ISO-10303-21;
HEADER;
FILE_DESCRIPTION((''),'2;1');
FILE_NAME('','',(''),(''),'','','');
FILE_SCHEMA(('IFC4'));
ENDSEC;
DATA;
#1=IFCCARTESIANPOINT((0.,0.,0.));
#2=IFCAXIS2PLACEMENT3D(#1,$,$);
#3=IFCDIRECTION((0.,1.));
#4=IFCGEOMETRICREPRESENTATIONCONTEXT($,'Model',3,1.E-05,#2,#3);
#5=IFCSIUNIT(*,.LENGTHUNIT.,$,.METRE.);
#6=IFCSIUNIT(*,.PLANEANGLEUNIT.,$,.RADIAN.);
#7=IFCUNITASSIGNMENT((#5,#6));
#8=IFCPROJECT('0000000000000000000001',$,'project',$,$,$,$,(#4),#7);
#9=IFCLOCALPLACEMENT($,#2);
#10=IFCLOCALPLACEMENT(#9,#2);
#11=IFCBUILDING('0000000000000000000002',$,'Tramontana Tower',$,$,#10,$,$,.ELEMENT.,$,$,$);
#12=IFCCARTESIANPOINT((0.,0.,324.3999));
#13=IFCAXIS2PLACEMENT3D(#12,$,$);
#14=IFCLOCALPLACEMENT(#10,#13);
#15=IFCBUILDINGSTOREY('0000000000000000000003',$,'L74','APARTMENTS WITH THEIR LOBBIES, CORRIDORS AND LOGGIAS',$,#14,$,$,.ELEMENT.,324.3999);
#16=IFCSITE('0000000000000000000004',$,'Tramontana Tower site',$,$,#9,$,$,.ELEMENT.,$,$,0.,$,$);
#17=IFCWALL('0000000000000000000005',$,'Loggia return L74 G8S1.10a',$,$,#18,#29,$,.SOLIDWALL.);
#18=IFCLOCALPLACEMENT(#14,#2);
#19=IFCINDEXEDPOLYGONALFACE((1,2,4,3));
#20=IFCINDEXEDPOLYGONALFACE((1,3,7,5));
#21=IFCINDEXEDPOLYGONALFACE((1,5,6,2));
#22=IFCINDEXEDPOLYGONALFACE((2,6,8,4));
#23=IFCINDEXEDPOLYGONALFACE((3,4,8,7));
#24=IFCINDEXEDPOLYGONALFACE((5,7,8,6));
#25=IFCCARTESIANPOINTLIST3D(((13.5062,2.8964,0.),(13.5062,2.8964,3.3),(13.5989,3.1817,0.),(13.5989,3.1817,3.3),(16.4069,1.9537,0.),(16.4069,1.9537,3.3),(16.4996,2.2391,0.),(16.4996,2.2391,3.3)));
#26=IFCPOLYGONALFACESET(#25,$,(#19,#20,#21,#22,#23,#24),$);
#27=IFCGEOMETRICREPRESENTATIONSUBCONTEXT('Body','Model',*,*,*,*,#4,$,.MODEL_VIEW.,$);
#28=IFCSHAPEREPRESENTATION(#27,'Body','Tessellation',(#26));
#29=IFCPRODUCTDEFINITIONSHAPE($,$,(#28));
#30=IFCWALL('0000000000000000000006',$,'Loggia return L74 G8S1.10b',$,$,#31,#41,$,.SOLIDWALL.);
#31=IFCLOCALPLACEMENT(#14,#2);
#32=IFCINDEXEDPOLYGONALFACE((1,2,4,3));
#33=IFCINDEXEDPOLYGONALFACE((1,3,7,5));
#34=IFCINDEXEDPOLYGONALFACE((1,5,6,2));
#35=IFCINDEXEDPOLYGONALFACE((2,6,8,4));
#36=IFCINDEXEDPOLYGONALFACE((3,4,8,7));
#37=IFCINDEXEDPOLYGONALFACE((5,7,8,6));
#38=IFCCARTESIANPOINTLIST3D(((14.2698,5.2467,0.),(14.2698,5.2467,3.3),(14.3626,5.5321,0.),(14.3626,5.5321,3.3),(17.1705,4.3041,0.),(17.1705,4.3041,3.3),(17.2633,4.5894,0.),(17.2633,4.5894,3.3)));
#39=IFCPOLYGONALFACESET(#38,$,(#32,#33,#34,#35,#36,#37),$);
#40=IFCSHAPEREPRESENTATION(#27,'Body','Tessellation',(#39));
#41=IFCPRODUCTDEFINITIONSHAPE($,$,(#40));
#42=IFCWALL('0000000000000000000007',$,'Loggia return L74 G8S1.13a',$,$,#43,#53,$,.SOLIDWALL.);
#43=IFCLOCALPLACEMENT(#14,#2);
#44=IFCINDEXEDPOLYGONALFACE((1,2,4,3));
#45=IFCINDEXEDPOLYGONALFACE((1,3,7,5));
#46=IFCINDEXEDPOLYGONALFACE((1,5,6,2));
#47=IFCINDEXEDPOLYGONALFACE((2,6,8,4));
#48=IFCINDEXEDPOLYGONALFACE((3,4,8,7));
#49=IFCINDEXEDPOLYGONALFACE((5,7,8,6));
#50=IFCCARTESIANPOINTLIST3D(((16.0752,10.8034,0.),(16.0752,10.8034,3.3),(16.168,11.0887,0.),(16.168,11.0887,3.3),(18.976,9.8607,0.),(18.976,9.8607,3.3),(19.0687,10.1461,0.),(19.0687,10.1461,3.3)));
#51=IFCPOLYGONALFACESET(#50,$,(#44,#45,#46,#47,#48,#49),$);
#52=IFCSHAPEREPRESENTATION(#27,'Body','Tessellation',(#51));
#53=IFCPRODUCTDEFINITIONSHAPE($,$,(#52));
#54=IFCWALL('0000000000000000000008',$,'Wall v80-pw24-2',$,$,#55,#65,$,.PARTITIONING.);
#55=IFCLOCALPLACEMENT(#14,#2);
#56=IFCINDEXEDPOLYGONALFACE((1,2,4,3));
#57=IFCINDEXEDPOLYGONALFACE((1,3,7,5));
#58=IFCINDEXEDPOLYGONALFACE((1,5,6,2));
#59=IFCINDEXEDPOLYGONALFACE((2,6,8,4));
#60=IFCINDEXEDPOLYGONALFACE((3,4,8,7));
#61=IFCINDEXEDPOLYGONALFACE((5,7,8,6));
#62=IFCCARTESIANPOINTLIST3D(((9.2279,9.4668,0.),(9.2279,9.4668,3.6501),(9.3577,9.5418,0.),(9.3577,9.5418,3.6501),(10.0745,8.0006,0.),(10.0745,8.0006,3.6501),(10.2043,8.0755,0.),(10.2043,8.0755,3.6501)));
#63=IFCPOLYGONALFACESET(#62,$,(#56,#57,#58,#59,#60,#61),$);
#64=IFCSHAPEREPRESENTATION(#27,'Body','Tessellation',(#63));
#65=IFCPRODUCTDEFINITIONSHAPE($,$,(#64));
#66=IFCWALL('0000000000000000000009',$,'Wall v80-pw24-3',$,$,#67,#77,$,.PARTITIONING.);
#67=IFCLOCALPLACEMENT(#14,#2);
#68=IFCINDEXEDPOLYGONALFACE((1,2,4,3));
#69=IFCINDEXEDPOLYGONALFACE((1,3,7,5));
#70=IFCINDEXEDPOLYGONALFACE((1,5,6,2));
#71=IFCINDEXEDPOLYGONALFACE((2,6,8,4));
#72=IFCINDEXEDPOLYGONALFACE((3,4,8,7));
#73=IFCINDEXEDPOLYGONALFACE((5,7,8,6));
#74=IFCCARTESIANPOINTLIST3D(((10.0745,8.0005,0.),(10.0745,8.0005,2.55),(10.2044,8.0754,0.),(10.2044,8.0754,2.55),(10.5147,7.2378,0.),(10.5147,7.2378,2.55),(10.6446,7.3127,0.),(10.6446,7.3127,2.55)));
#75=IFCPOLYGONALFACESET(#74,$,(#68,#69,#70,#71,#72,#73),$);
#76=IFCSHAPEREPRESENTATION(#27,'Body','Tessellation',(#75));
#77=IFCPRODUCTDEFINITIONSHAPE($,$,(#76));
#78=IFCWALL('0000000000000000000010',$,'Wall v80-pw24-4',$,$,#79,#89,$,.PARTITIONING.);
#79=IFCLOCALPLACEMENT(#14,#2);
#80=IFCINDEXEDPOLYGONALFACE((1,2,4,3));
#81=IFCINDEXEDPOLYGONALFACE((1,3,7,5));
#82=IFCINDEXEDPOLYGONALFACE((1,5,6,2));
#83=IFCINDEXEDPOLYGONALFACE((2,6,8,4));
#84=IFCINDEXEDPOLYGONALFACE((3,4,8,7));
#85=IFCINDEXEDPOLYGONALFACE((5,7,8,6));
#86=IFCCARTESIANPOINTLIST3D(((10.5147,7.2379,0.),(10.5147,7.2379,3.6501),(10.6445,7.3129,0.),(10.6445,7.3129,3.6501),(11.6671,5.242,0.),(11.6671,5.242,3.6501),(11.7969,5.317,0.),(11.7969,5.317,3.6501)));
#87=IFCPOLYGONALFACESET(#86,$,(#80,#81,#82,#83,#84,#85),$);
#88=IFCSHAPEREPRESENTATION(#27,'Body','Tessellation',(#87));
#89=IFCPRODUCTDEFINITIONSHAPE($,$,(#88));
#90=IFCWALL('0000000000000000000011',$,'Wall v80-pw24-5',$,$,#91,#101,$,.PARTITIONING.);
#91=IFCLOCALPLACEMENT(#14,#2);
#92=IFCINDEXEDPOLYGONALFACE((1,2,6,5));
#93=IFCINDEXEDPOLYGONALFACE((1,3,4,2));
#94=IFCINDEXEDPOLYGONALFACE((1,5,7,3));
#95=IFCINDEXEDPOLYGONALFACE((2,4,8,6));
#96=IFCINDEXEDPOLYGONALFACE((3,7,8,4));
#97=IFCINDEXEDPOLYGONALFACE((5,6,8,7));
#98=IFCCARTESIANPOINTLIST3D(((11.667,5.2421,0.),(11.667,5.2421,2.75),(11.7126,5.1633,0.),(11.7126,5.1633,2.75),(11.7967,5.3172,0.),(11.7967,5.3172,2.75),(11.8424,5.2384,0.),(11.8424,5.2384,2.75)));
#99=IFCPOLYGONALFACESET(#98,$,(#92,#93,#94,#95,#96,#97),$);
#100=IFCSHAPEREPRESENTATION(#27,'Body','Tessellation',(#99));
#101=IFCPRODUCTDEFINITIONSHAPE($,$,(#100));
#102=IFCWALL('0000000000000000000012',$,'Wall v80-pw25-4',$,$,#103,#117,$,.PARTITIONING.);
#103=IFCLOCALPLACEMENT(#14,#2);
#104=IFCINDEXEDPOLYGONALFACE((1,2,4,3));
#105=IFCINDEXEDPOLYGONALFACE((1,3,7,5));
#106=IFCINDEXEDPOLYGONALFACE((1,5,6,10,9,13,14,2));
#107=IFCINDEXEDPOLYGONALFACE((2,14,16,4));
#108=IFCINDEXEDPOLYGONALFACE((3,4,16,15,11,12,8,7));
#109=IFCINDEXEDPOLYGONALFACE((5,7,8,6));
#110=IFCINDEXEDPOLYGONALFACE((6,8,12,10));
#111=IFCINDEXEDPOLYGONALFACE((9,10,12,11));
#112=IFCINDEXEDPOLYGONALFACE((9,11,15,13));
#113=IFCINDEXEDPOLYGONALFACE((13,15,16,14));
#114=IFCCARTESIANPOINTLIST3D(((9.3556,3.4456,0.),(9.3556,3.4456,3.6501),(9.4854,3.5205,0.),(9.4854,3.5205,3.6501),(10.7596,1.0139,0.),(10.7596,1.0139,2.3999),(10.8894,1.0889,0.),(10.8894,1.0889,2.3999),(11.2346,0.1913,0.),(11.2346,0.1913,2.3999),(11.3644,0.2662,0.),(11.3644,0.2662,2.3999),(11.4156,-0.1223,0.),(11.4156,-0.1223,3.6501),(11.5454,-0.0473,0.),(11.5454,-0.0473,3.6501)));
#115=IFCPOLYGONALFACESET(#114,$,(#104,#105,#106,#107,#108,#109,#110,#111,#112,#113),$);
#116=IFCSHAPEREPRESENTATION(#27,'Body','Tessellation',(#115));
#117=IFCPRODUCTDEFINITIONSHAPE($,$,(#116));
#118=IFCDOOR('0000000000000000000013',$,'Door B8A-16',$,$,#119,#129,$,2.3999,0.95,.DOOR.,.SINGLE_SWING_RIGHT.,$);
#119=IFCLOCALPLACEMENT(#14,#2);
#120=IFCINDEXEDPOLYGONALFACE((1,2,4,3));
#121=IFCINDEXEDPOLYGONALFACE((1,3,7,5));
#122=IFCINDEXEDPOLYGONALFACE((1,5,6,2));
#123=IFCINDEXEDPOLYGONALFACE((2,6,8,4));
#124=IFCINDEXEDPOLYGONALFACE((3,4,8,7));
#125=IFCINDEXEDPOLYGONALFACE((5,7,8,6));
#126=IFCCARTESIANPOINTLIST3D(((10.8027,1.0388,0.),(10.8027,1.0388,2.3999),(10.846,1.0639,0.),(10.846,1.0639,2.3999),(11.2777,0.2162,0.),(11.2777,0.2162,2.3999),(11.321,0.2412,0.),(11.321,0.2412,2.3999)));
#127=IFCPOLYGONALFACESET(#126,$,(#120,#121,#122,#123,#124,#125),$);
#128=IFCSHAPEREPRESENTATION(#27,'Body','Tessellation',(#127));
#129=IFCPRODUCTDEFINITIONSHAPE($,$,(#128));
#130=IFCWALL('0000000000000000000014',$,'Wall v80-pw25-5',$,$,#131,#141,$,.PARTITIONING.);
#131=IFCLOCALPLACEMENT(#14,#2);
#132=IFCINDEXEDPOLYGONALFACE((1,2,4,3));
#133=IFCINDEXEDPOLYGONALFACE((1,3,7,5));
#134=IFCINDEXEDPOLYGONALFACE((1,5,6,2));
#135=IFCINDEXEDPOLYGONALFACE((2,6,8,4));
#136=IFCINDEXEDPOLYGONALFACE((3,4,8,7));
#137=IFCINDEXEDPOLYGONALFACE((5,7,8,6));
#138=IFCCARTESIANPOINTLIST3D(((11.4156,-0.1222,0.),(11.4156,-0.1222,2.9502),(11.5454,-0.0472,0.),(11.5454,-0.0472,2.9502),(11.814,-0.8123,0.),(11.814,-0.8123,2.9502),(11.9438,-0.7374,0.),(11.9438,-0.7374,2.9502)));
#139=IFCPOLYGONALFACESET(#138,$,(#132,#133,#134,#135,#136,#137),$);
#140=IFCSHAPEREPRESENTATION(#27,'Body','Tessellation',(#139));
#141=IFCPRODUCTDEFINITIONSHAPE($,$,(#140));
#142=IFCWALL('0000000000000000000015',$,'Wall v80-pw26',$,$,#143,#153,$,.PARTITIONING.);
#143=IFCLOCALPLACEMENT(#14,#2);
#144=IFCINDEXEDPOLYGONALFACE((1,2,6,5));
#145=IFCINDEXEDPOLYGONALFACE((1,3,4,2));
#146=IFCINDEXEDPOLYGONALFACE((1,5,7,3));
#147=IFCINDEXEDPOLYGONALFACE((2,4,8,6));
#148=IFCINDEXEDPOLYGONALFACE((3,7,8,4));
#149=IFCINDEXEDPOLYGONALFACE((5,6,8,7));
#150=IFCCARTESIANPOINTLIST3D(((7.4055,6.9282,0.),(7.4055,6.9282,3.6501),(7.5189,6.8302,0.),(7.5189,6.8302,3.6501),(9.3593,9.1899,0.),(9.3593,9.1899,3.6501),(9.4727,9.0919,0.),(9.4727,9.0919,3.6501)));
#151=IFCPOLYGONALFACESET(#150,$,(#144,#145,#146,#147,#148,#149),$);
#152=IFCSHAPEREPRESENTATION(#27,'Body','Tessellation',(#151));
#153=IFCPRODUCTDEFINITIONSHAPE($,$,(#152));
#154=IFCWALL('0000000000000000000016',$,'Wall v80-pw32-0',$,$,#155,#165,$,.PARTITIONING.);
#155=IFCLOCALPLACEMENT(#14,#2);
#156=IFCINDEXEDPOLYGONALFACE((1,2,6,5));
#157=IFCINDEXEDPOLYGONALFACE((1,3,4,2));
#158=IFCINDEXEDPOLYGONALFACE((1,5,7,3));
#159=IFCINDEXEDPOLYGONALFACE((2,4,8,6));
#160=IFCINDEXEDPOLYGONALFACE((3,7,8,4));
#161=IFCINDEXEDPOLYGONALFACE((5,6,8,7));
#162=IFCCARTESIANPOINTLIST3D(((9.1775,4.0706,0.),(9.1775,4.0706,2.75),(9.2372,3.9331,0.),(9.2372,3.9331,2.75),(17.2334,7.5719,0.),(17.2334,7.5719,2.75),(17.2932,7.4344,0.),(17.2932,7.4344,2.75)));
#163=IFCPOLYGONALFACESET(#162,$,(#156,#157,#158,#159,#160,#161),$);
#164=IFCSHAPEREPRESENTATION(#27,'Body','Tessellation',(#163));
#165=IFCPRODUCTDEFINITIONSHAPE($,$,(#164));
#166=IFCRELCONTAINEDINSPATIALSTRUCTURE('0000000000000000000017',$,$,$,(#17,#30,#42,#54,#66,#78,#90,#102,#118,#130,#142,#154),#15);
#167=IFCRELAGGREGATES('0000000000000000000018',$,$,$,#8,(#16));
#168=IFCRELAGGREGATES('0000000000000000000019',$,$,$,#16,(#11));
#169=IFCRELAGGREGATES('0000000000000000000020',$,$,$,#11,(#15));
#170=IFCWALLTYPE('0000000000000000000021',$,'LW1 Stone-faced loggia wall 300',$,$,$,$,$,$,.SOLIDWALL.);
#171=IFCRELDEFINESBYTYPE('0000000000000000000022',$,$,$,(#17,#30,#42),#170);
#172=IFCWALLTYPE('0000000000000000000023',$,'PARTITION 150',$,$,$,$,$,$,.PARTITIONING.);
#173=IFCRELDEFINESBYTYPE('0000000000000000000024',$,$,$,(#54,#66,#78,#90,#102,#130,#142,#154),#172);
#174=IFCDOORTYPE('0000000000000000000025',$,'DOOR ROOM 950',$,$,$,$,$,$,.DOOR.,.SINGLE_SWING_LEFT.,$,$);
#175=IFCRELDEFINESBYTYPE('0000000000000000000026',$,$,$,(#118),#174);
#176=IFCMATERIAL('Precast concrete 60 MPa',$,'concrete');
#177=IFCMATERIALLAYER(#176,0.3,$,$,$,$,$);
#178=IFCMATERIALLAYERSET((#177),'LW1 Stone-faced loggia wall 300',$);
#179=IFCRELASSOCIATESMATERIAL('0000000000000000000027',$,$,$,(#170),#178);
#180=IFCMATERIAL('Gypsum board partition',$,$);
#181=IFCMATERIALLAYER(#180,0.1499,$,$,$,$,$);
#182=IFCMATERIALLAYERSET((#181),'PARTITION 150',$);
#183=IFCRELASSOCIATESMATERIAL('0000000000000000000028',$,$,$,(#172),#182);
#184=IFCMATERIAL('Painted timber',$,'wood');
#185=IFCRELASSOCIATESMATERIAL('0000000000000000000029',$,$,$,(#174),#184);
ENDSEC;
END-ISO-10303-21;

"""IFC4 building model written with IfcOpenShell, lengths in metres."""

from ifc_helpers import new_model, si_unit, direction, frame, frame_2d, origin, place, context, subcontext, project, spatial, rectangle, extrude, material, layer, layer_set, type_object, element, fill, save


model = new_model("IFC4")

# Units and contexts
model_context = context("Model", 3, precision=1e-05, world=origin(), true_north=direction((0.0, 1.0)))
body_context = subcontext(model_context, "Body", "Model", "MODEL_VIEW")
ifc_project = project(units=[si_unit("LENGTHUNIT", "METRE"), si_unit("PLANEANGLEUNIT", "RADIAN")], contexts=[model_context])

# Site, building, storey
site_placement = place(None, origin())
site = spatial("IfcSite", under=ifc_project, at=site_placement, Name="Tramontana Tower site", CompositionType="ELEMENT", RefElevation=0.0)
building_placement = place(site_placement, origin())
building = spatial("IfcBuilding", under=site, at=building_placement, Name="Tramontana Tower", CompositionType="ELEMENT")
storey_placement = place(building_placement, frame((0.0, 0.0, 324.3999)))
storey = spatial("IfcBuildingStorey", under=building, at=storey_placement, Name="L74", Description="APARTMENTS WITH THEIR LOBBIES, CORRIDORS AND LOGGIAS", CompositionType="ELEMENT", Elevation=324.3999)

# Shared definitions
ifc_material_1 = material(Name="Precast concrete 60 MPa", Category="concrete")
ifc_layer_1 = layer(ifc_material_1, 0.3)
ifc_layer_set_1 = layer_set([ifc_layer_1], Name="LW1 Stone-faced loggia wall 300")
wall_type_1 = type_object("IfcWallType", Name="LW1 Stone-faced loggia wall 300", PredefinedType="SOLIDWALL", material=ifc_layer_set_1)

# Walls
for number, where, z_axis, x_axis, name in (
    (1, (16.4531, 2.0964, 0.0), (0.0, 0.0, 1.0), (-0.951042, 0.309063, 0.0), "Loggia return L74 G8S1.10a"),
    (2, (17.2168, 4.4468, 0.0), (0.0, 0.0, 1.0), (-0.951042, 0.309063, 0.0), "Loggia return L74 G8S1.10b"),
    (3, (19.0222, 10.0034, 0.0), (0.0, 0.0, 1.0), (-0.951042, 0.309063, 0.0), "Loggia return L74 G8S1.13a"),
):
    element("IfcWall", number, at=place(storey_placement, frame(where, z_axis=z_axis, x_axis=x_axis)), inside=storey, type_object=wall_type_1, Name=name, PredefinedType="SOLIDWALL", context=body_context, shape_type="SweptSolid", body=[
        extrude(rectangle(XDim=3.05, YDim=0.3, at=frame_2d((1.5249, 0.0))), origin(), (0.0, 0.0, 1.0), 3.3),
    ])
ifc_material_2 = material(Name="Gypsum board partition")
ifc_layer_2 = layer(ifc_material_2, 0.1499)
ifc_layer_set_2 = layer_set([ifc_layer_2], Name="PARTITION 150")
wall_type_2 = type_object("IfcWallType", Name="PARTITION 150", PredefinedType="PARTITIONING", material=ifc_layer_set_2)
wall_1_placement = place(storey_placement, frame((9.2927, 9.5044, 0.0), z_axis=(0.0, 0.0, 1.0), x_axis=(0.500047, -0.865998, 0.0)))
element("IfcWall", 4, at=wall_1_placement, inside=storey, type_object=wall_type_2, Name="Wall v80-pw24-2", PredefinedType="PARTITIONING", context=body_context, shape_type="SweptSolid", body=[
    extrude(rectangle(XDim=1.6931, YDim=0.1499, at=frame_2d((0.8467, 0.0))), origin(), (0.0, 0.0, 1.0), 3.6501),
])
wall_2_placement = place(storey_placement, frame((10.1394, 8.0381, 0.0), z_axis=(0.0, 0.0, 1.0), x_axis=(0.499866, -0.866102, 0.0)))
element("IfcWall", 5, at=wall_2_placement, inside=storey, type_object=wall_type_2, Name="Wall v80-pw24-3", PredefinedType="PARTITIONING", context=body_context, shape_type="SweptSolid", body=[
    extrude(rectangle(XDim=0.8806, YDim=0.1499, at=frame_2d((0.4404, 0.0))), origin(), (0.0, 0.0, 1.0), 2.55),
])
wall_3_placement = place(storey_placement, frame((10.5796, 7.2754, 0.0), z_axis=(0.0, 0.0, 1.0), x_axis=(0.500013, -0.866018, 0.0)))
element("IfcWall", 6, at=wall_3_placement, inside=storey, type_object=wall_type_2, Name="Wall v80-pw24-4", PredefinedType="PARTITIONING", context=body_context, shape_type="SweptSolid", body=[
    extrude(rectangle(XDim=2.3047, YDim=0.1499, at=frame_2d((1.1523, 0.0))), origin(), (0.0, 0.0, 1.0), 3.6501),
])
wall_4_placement = place(storey_placement, frame((11.7319, 5.2795, 0.0), z_axis=(0.0, 0.0, 1.0), x_axis=(0.501036, -0.865426, 0.0)))
element("IfcWall", 7, at=wall_4_placement, inside=storey, type_object=wall_type_2, Name="Wall v80-pw24-5", PredefinedType="PARTITIONING", context=body_context, shape_type="SweptSolid", body=[
    extrude(rectangle(XDim=0.0911, YDim=0.1499, at=frame_2d((0.0454, 0.0))), origin(), (0.0, 0.0, 1.0), 2.75),
])

# Wall, opening, door
wall_5_placement = place(storey_placement, frame((9.4204, 3.4832, 0.0), z_axis=(0.0, 0.0, 1.0), x_axis=(0.500027, -0.86601, 0.0)))
wall_5 = element("IfcWall", 8, at=wall_5_placement, inside=storey, type_object=wall_type_2, Name="Wall v80-pw25-4", PredefinedType="PARTITIONING", context=body_context, shape_type="SweptSolid", body=[
    extrude(rectangle(XDim=4.1199, YDim=0.1499, at=frame_2d((2.0601, 0.0))), origin(), (0.0, 0.0, 1.0), 3.6501),
])
opening_1_placement = place(wall_5_placement, frame((2.8079, 0.0, 0.0)))
opening_1 = element("IfcOpeningElement", 9, at=opening_1_placement, cuts=wall_5, PredefinedType="OPENING", context=body_context, shape_type="SweptSolid", body=[
    extrude(rectangle(XDim=0.95, YDim=2.3999, at=frame_2d((0.4751, 1.2))), frame((0.0, 0.085, 0.0), z_axis=(0.0, -1.0, 0.0), x_axis=(1.0, 0.0, 0.0)), (0.0, 0.0, 1.0), 0.1699),
])
ifc_material_3 = material(Name="Painted timber", Category="wood")
door_type_1 = type_object("IfcDoorType", Name="DOOR ROOM 950", OperationType="SINGLE_SWING_LEFT", PredefinedType="DOOR", material=ifc_material_3)
door_1_placement = place(opening_1_placement, origin())
door_1 = element("IfcDoor", 10, at=door_1_placement, inside=storey, type_object=door_type_1, Name="Door B8A-16", OperationType="SINGLE_SWING_RIGHT", OverallHeight=2.3999, OverallWidth=0.95, PredefinedType="DOOR", context=body_context, shape_type="SweptSolid", body=[
    extrude(rectangle(XDim=0.95, YDim=2.3999, at=frame_2d((0.4751, 1.2))), frame((0.0, 0.0249, 0.0), z_axis=(0.0, -1.0, 0.0), x_axis=(1.0, 0.0, 0.0)), (0.0, 0.0, 1.0), 0.05),
])
fill(opening_1, door_1)

# Walls
wall_6_placement = place(storey_placement, frame((11.4805, -0.0847, 0.0), z_axis=(0.0, 0.0, 1.0), x_axis=(0.499961, -0.866048, 0.0)))
element("IfcWall", 11, at=wall_6_placement, inside=storey, type_object=wall_type_2, Name="Wall v80-pw25-5", PredefinedType="PARTITIONING", context=body_context, shape_type="SweptSolid", body=[
    extrude(rectangle(XDim=0.7969, YDim=0.1499, at=frame_2d((0.3984, 0.0))), origin(), (0.0, 0.0, 1.0), 2.9502),
])
wall_7_placement = place(storey_placement, frame((9.416, 9.1409, 0.0), z_axis=(0.0, 0.0, 1.0), x_axis=(-0.653726, -0.756731, 0.0)))
element("IfcWall", 12, at=wall_7_placement, inside=storey, type_object=wall_type_2, Name="Wall v80-pw26", PredefinedType="PARTITIONING", context=body_context, shape_type="SweptSolid", body=[
    extrude(rectangle(XDim=2.9888, YDim=0.1499, at=frame_2d((1.4944, 0.0))), origin(), (0.0, 0.0, 1.0), 3.6501),
])
wall_8_placement = place(storey_placement, frame((17.2634, 7.5032, 0.0), z_axis=(0.0, 0.0, 1.0), x_axis=(-0.917126, -0.398597, 0.0)))
element("IfcWall", 13, at=wall_8_placement, inside=storey, type_object=wall_type_2, Name="Wall v80-pw32-0", PredefinedType="PARTITIONING", context=body_context, shape_type="SweptSolid", body=[
    extrude(rectangle(XDim=8.7839, YDim=0.1499, at=frame_2d((4.3921, 0.0))), origin(), (0.0, 0.0, 1.0), 2.75),
])

save(model, "model.ifc")
